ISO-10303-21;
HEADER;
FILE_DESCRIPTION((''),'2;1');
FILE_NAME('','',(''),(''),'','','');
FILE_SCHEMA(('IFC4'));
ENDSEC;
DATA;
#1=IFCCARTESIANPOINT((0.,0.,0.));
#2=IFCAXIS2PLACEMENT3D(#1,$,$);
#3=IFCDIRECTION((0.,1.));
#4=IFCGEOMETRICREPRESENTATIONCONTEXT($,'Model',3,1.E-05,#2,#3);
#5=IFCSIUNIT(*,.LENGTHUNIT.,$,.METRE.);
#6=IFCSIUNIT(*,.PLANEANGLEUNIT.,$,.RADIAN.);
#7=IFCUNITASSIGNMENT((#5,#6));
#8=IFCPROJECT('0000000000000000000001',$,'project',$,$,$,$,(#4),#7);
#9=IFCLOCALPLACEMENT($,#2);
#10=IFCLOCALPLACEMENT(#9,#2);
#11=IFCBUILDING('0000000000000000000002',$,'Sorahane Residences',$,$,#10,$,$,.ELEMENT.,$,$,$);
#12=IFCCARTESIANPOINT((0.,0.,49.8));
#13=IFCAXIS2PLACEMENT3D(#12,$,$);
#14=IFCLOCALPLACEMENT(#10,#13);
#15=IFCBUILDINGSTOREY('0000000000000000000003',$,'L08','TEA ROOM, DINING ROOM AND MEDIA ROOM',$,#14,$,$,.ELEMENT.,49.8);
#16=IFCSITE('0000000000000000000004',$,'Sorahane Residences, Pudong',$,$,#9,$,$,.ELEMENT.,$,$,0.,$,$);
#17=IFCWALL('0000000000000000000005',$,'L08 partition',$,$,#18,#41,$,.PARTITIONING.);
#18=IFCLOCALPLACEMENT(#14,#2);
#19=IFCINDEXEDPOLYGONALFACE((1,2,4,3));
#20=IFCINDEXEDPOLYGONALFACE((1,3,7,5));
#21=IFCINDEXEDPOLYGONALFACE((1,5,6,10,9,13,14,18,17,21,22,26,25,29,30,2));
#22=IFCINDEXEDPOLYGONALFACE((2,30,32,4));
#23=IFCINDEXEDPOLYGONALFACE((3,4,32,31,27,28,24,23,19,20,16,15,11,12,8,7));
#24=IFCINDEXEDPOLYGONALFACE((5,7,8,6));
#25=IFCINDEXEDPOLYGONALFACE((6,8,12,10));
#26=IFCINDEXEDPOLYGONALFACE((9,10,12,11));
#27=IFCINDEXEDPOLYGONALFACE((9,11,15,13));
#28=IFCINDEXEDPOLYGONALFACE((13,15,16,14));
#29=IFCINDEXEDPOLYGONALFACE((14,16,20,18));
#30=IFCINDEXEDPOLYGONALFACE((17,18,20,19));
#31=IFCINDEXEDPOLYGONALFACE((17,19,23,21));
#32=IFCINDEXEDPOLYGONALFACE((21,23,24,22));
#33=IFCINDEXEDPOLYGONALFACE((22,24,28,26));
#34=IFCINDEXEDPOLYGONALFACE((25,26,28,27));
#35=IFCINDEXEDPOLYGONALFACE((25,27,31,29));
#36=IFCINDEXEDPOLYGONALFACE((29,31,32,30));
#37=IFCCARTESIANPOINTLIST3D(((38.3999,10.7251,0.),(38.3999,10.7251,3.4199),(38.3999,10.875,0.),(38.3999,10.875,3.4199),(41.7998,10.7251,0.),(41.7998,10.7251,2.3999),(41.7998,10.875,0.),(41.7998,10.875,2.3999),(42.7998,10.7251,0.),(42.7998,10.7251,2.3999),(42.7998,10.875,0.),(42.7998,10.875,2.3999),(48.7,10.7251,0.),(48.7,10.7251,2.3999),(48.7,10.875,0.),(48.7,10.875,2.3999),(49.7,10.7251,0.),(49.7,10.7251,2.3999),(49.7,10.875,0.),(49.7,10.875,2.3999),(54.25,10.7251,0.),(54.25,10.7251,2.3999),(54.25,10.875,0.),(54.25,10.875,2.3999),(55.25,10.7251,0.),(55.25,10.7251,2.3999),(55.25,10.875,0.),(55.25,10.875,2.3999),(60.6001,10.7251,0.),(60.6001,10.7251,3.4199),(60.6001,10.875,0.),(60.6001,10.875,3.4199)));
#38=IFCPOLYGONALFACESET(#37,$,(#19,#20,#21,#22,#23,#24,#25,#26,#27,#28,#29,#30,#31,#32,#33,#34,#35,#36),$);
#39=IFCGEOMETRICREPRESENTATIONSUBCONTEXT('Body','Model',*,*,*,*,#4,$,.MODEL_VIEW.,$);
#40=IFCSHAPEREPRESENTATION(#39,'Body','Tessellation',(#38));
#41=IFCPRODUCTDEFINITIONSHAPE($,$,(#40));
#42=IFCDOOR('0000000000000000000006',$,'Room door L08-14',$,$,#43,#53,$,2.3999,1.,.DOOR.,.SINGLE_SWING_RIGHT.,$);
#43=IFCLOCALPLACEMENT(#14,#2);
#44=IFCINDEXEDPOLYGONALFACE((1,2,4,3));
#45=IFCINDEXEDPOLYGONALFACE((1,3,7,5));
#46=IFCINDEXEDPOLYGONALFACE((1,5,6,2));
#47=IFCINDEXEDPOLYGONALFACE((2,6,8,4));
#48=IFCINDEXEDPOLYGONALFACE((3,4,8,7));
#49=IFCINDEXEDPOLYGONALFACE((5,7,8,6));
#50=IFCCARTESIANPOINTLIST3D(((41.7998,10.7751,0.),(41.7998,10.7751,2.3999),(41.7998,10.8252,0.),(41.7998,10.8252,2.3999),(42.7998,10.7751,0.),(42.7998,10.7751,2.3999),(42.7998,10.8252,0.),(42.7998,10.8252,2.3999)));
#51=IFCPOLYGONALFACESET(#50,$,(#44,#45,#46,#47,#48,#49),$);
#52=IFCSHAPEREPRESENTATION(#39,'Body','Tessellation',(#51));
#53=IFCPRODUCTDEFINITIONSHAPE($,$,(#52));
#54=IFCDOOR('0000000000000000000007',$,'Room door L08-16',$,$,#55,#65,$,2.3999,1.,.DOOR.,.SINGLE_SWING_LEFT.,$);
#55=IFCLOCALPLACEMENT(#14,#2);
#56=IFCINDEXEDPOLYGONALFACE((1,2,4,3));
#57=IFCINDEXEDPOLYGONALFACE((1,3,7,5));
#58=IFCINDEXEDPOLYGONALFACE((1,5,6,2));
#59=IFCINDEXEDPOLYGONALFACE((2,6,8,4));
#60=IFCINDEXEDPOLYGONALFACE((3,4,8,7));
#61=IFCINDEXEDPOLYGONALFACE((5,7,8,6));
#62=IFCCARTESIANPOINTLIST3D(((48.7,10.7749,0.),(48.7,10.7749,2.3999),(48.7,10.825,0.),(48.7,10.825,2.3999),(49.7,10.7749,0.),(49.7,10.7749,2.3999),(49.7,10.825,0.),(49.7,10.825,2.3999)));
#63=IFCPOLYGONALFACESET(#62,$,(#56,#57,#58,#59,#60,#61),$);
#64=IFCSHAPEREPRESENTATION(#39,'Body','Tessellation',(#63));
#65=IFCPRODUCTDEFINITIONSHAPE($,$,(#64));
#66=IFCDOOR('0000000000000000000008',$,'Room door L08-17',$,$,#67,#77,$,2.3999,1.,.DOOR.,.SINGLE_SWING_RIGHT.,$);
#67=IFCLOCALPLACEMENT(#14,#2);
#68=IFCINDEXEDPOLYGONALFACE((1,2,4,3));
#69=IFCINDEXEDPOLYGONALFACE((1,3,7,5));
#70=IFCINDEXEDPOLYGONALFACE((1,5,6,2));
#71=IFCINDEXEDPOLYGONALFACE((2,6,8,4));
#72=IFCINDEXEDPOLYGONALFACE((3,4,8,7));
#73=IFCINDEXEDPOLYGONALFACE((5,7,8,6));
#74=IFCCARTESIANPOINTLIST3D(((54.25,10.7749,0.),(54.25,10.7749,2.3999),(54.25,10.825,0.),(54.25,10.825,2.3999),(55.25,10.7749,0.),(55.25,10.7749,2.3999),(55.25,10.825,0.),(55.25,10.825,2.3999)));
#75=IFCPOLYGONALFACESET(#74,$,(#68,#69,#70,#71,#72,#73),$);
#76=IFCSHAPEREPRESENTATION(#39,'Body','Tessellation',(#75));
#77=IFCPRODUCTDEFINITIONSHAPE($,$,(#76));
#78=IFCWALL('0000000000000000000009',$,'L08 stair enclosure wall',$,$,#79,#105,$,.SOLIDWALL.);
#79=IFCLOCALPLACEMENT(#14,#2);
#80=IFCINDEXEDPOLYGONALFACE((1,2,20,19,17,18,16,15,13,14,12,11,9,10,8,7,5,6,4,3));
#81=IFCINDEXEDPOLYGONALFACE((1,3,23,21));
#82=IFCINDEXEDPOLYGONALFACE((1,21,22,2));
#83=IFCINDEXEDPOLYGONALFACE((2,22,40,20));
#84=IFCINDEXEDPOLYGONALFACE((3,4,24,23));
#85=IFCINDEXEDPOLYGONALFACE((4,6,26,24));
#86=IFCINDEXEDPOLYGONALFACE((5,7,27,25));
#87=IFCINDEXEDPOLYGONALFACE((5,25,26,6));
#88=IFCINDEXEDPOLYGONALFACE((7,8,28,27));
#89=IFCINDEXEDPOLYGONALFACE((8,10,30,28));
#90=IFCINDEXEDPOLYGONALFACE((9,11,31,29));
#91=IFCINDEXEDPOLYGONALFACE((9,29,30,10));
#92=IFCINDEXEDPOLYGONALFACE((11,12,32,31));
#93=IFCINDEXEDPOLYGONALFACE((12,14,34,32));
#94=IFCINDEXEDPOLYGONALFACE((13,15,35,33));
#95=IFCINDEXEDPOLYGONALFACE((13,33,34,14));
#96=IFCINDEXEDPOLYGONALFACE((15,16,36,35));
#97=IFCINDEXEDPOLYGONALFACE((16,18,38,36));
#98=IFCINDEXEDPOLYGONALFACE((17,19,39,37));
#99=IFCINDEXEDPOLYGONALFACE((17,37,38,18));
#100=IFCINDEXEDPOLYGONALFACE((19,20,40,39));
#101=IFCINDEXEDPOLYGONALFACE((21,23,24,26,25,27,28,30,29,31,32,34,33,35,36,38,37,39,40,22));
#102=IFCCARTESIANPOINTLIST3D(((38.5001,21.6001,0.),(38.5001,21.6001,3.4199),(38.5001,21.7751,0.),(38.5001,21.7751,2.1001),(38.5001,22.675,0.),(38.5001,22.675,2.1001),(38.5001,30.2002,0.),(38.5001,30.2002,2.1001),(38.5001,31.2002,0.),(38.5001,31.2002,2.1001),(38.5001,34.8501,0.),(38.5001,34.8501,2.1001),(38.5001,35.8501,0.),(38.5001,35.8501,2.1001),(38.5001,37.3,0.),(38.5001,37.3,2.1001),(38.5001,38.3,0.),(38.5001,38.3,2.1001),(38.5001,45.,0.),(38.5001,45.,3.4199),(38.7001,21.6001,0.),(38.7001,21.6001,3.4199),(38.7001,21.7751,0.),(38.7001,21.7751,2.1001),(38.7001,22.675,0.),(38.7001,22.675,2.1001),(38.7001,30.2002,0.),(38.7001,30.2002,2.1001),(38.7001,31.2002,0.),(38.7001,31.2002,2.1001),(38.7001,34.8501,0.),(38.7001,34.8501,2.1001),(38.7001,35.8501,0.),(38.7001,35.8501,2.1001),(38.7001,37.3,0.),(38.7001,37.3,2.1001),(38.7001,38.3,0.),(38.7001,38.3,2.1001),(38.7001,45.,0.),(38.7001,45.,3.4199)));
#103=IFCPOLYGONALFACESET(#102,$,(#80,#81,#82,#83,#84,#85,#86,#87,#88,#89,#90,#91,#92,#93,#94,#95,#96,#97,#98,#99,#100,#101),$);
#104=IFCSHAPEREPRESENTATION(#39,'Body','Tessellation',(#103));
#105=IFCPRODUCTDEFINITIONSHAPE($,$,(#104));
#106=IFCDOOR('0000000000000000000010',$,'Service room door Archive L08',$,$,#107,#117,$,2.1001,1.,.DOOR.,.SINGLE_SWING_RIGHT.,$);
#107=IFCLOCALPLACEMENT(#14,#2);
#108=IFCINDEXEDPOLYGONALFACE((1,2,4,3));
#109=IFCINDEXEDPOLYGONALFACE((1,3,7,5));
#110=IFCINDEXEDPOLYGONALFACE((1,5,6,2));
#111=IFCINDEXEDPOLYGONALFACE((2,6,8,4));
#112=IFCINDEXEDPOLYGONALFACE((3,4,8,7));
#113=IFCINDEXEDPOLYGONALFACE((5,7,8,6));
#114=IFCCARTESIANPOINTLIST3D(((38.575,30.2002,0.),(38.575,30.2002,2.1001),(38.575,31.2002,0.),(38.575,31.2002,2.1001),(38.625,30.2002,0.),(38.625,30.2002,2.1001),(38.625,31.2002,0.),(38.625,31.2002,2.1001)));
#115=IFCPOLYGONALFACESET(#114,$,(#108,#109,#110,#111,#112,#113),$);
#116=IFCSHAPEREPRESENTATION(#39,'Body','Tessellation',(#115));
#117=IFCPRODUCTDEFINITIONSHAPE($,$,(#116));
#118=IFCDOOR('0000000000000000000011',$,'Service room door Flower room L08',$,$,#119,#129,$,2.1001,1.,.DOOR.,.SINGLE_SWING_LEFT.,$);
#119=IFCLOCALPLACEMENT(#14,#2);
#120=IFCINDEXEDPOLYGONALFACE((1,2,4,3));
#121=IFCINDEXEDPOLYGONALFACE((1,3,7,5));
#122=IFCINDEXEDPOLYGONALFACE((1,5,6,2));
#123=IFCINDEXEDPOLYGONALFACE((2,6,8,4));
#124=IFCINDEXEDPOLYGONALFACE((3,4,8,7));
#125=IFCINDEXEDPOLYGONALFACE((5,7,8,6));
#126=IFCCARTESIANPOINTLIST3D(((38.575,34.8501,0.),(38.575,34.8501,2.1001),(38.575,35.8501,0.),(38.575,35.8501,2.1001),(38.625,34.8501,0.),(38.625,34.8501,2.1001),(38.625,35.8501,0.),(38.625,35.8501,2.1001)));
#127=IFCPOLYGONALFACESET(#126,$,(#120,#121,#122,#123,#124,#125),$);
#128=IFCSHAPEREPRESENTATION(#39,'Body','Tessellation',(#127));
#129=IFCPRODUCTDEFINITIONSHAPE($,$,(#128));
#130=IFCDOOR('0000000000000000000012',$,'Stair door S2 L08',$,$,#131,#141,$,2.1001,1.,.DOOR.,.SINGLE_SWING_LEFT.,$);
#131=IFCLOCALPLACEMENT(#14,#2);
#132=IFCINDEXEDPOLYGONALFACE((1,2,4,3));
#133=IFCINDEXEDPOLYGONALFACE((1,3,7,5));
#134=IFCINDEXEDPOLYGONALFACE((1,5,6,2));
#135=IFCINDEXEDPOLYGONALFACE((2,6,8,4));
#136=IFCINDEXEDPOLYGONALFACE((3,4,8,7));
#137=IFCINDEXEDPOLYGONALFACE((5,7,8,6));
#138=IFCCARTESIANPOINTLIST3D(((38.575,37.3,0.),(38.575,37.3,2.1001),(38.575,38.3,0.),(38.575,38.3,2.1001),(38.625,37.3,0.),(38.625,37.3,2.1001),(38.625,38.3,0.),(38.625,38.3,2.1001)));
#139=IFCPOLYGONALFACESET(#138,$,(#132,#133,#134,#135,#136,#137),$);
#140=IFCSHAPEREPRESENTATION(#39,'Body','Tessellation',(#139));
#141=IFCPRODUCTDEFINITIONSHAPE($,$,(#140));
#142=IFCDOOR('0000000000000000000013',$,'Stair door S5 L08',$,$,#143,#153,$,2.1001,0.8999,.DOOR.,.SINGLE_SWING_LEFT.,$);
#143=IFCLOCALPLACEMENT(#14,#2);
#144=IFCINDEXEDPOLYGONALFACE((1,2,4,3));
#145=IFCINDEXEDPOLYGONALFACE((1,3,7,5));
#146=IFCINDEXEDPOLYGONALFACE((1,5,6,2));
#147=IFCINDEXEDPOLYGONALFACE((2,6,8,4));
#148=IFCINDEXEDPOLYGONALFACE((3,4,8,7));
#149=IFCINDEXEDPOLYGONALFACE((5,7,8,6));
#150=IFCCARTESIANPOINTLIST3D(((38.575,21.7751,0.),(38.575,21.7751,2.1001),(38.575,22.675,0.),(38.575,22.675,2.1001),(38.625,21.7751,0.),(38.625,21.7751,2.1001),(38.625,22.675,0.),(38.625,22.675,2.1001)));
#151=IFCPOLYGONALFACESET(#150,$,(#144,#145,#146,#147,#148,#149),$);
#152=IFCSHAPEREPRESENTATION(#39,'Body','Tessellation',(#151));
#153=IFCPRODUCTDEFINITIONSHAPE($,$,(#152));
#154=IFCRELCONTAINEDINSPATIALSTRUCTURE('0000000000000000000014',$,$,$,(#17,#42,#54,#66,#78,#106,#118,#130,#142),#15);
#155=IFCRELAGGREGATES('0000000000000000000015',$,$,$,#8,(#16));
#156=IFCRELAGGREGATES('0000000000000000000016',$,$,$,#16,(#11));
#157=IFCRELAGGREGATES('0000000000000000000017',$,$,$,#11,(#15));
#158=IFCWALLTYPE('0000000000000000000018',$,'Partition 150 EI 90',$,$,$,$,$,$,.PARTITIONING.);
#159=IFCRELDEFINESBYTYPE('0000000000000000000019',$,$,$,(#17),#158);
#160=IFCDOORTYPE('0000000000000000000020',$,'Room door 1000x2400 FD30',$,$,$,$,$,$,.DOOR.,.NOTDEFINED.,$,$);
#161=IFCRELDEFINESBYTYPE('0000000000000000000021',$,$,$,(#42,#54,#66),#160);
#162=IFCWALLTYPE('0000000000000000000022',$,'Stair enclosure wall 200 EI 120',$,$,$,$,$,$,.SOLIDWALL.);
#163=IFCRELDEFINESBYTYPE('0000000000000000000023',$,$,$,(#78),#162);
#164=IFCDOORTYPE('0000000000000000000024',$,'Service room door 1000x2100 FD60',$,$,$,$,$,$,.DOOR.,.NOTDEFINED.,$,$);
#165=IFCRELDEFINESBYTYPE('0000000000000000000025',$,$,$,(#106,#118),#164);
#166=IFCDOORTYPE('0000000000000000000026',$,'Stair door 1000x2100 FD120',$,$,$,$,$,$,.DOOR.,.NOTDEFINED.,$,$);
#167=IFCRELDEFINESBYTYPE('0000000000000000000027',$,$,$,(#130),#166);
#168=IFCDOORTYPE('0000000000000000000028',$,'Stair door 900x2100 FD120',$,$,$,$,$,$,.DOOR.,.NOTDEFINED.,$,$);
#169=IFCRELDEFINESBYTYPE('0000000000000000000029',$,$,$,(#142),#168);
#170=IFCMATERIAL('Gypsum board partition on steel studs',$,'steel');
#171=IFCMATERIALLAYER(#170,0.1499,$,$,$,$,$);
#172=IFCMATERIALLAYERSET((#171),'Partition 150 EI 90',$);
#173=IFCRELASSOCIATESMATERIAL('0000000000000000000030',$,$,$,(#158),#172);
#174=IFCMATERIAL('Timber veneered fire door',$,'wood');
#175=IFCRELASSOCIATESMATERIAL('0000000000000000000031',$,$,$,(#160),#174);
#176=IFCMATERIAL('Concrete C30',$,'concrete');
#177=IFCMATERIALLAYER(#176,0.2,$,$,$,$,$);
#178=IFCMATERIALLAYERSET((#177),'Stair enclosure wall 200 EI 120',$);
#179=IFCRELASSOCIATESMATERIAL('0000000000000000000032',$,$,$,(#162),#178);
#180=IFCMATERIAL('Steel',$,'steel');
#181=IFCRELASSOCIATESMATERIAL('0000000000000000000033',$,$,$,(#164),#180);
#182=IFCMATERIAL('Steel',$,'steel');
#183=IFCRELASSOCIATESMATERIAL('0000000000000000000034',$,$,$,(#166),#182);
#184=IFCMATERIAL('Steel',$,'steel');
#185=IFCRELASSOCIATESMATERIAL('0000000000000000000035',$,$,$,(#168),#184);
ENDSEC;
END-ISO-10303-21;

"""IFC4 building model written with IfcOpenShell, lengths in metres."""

from ifc_helpers import new_model, si_unit, direction, frame, frame_2d, origin, place, context, subcontext, project, spatial, rectangle, extrude, material, layer, layer_set, type_object, element, fill, save


model = new_model("IFC4")

# Units and contexts
model_context = context("Model", 3, precision=1e-05, world=origin(), true_north=direction((0.0, 1.0)))
body_context = subcontext(model_context, "Body", "Model", "MODEL_VIEW")
ifc_project = project(units=[si_unit("LENGTHUNIT", "METRE"), si_unit("PLANEANGLEUNIT", "RADIAN")], contexts=[model_context])

# Site, building, storey
site_placement = place(None, origin())
site = spatial("IfcSite", under=ifc_project, at=site_placement, Name="Sorahane Residences, Pudong", CompositionType="ELEMENT", RefElevation=0.0)
building_placement = place(site_placement, origin())
building = spatial("IfcBuilding", under=site, at=building_placement, Name="Sorahane Residences", CompositionType="ELEMENT")
storey_placement = place(building_placement, frame((0.0, 0.0, 49.8)))
storey = spatial("IfcBuildingStorey", under=building, at=storey_placement, Name="L08", Description="TEA ROOM, DINING ROOM AND MEDIA ROOM", CompositionType="ELEMENT", Elevation=49.8)

# Walls, openings, doors
ifc_material_1 = material(Name="Gypsum board partition on steel studs", Category="steel")
ifc_layer_1 = layer(ifc_material_1, 0.1499)
ifc_layer_set_1 = layer_set([ifc_layer_1], Name="Partition 150 EI 90")
wall_type_1 = type_object("IfcWallType", Name="Partition 150 EI 90", PredefinedType="PARTITIONING", material=ifc_layer_set_1)
wall_1_placement = place(storey_placement, frame((38.3999, 10.8, 0.0), z_axis=(0.0, 0.0, 1.0), x_axis=(1.0, 0.0, 0.0)))
wall_1 = element("IfcWall", 1, at=wall_1_placement, inside=storey, type_object=wall_type_1, Name="L08 partition", PredefinedType="PARTITIONING", context=body_context, shape_type="SweptSolid", body=[
    extrude(rectangle(XDim=22.2002, YDim=0.1499, at=frame_2d((11.1001, 0.0))), origin(), (0.0, 0.0, 1.0), 3.4199),
])
opening_1_placement = place(wall_1_placement, frame((3.3999, 0.0, 0.0)))
opening_1 = element("IfcOpeningElement", 2, at=opening_1_placement, cuts=wall_1, PredefinedType="OPENING", context=body_context, shape_type="SweptSolid", body=[
    extrude(rectangle(XDim=1.0, YDim=2.3999, at=frame_2d((0.5, 1.2))), frame((0.0, 0.085, 0.0), z_axis=(0.0, -1.0, 0.0), x_axis=(1.0, 0.0, 0.0)), (0.0, 0.0, 1.0), 0.1699),
])
opening_2_placement = place(wall_1_placement, frame((10.3, 0.0, 0.0)))
opening_2 = element("IfcOpeningElement", 3, at=opening_2_placement, cuts=wall_1, PredefinedType="OPENING", context=body_context, shape_type="SweptSolid", body=[
    extrude(rectangle(XDim=1.0, YDim=2.3999, at=frame_2d((0.5, 1.2))), frame((0.0, 0.085, 0.0), z_axis=(0.0, -1.0, 0.0), x_axis=(1.0, 0.0, 0.0)), (0.0, 0.0, 1.0), 0.1699),
])
opening_3_placement = place(wall_1_placement, frame((15.8501, 0.0, 0.0)))
opening_3 = element("IfcOpeningElement", 4, at=opening_3_placement, cuts=wall_1, PredefinedType="OPENING", context=body_context, shape_type="SweptSolid", body=[
    extrude(rectangle(XDim=1.0, YDim=2.3999, at=frame_2d((0.5, 1.2))), frame((0.0, 0.085, 0.0), z_axis=(0.0, -1.0, 0.0), x_axis=(1.0, 0.0, 0.0)), (0.0, 0.0, 1.0), 0.1699),
])
ifc_material_2 = material(Name="Timber veneered fire door", Category="wood")
door_type_1 = type_object("IfcDoorType", Name="Room door 1000x2400 FD30", OperationType="NOTDEFINED", PredefinedType="DOOR", material=ifc_material_2)
door_1_placement = place(opening_1_placement, frame((1.0, 0.0, 0.0), z_axis=(0.0, 0.0, 1.0), x_axis=(-1.0, 0.0, 0.0)))
door_1 = element("IfcDoor", 5, at=door_1_placement, inside=storey, type_object=door_type_1, Name="Room door L08-14", OperationType="SINGLE_SWING_RIGHT", OverallHeight=2.3999, OverallWidth=1.0, PredefinedType="DOOR", context=body_context, shape_type="SweptSolid", body=[
    extrude(rectangle(XDim=1.0, YDim=2.3999, at=frame_2d((0.5, 1.2))), frame((0.0, 0.0249, 0.0), z_axis=(0.0, -1.0, 0.0), x_axis=(1.0, 0.0, 0.0)), (0.0, 0.0, 1.0), 0.05),
])
fill(opening_1, door_1)
door_2_placement = place(opening_2_placement, origin())
door_2 = element("IfcDoor", 6, at=door_2_placement, inside=storey, type_object=door_type_1, Name="Room door L08-16", OperationType="SINGLE_SWING_LEFT", OverallHeight=2.3999, OverallWidth=1.0, PredefinedType="DOOR", context=body_context, shape_type="SweptSolid", body=[
    extrude(rectangle(XDim=1.0, YDim=2.3999, at=frame_2d((0.5, 1.2))), frame((0.0, 0.0249, 0.0), z_axis=(0.0, -1.0, 0.0), x_axis=(1.0, 0.0, 0.0)), (0.0, 0.0, 1.0), 0.05),
])
fill(opening_2, door_2)
door_3_placement = place(opening_3_placement, origin())
door_3 = element("IfcDoor", 7, at=door_3_placement, inside=storey, type_object=door_type_1, Name="Room door L08-17", OperationType="SINGLE_SWING_RIGHT", OverallHeight=2.3999, OverallWidth=1.0, PredefinedType="DOOR", context=body_context, shape_type="SweptSolid", body=[
    extrude(rectangle(XDim=1.0, YDim=2.3999, at=frame_2d((0.5, 1.2))), frame((0.0, 0.0249, 0.0), z_axis=(0.0, -1.0, 0.0), x_axis=(1.0, 0.0, 0.0)), (0.0, 0.0, 1.0), 0.05),
])
fill(opening_3, door_3)
ifc_material_3 = material(Name="Concrete C30", Category="concrete")
ifc_layer_2 = layer(ifc_material_3, 0.2)
ifc_layer_set_2 = layer_set([ifc_layer_2], Name="Stair enclosure wall 200 EI 120")
wall_type_2 = type_object("IfcWallType", Name="Stair enclosure wall 200 EI 120", PredefinedType="SOLIDWALL", material=ifc_layer_set_2)
wall_2_placement = place(storey_placement, frame((38.6001, 21.6001, 0.0), z_axis=(0.0, 0.0, 1.0), x_axis=(0.0, 1.0, 0.0)))
wall_2 = element("IfcWall", 8, at=wall_2_placement, inside=storey, type_object=wall_type_2, Name="L08 stair enclosure wall", PredefinedType="SOLIDWALL", context=body_context, shape_type="SweptSolid", body=[
    extrude(rectangle(XDim=23.3999, YDim=0.2, at=frame_2d((11.7, 0.0))), origin(), (0.0, 0.0, 1.0), 3.4199),
])
opening_4_placement = place(wall_2_placement, frame((8.6001, 0.0, 0.0)))
opening_4 = element("IfcOpeningElement", 9, at=opening_4_placement, cuts=wall_2, PredefinedType="OPENING", context=body_context, shape_type="SweptSolid", body=[
    extrude(rectangle(XDim=1.0, YDim=2.1001, at=frame_2d((0.5, 1.05))), frame((0.0, 0.1099, 0.0), z_axis=(0.0, -1.0, 0.0), x_axis=(1.0, 0.0, 0.0)), (0.0, 0.0, 1.0), 0.22),
])
opening_5_placement = place(wall_2_placement, frame((13.25, 0.0, 0.0)))
opening_5 = element("IfcOpeningElement", 10, at=opening_5_placement, cuts=wall_2, PredefinedType="OPENING", context=body_context, shape_type="SweptSolid", body=[
    extrude(rectangle(XDim=1.0, YDim=2.1001, at=frame_2d((0.5, 1.05))), frame((0.0, 0.1099, 0.0), z_axis=(0.0, -1.0, 0.0), x_axis=(1.0, 0.0, 0.0)), (0.0, 0.0, 1.0), 0.22),
])
opening_6_placement = place(wall_2_placement, frame((15.7, 0.0, 0.0)))
opening_6 = element("IfcOpeningElement", 11, at=opening_6_placement, cuts=wall_2, PredefinedType="OPENING", context=body_context, shape_type="SweptSolid", body=[
    extrude(rectangle(XDim=1.0, YDim=2.1001, at=frame_2d((0.5, 1.05))), frame((0.0, 0.1099, 0.0), z_axis=(0.0, -1.0, 0.0), x_axis=(1.0, 0.0, 0.0)), (0.0, 0.0, 1.0), 0.22),
])
opening_7_placement = place(wall_2_placement, frame((0.175, 0.0, 0.0)))
opening_7 = element("IfcOpeningElement", 12, at=opening_7_placement, cuts=wall_2, PredefinedType="OPENING", context=body_context, shape_type="SweptSolid", body=[
    extrude(rectangle(XDim=0.8999, YDim=2.1001, at=frame_2d((0.45, 1.05))), frame((0.0, 0.1099, 0.0), z_axis=(0.0, -1.0, 0.0), x_axis=(1.0, 0.0, 0.0)), (0.0, 0.0, 1.0), 0.22),
])
ifc_material_4 = material(Name="Steel", Category="steel")
door_type_2 = type_object("IfcDoorType", Name="Service room door 1000x2100 FD60", OperationType="NOTDEFINED", PredefinedType="DOOR", material=ifc_material_4)
door_4_placement = place(opening_4_placement, frame((1.0, 0.0, 0.0), z_axis=(0.0, 0.0, 1.0), x_axis=(-1.0, 0.0, 0.0)))
door_4 = element("IfcDoor", 13, at=door_4_placement, inside=storey, type_object=door_type_2, Name="Service room door Archive L08", OperationType="SINGLE_SWING_RIGHT", OverallHeight=2.1001, OverallWidth=1.0, PredefinedType="DOOR", context=body_context, shape_type="SweptSolid", body=[
    extrude(rectangle(XDim=1.0, YDim=2.1001, at=frame_2d((0.5, 1.05))), frame((0.0, 0.0249, 0.0), z_axis=(0.0, -1.0, 0.0), x_axis=(1.0, 0.0, 0.0)), (0.0, 0.0, 1.0), 0.05),
])
fill(opening_4, door_4)
door_5_placement = place(opening_5_placement, frame((1.0, 0.0, 0.0), z_axis=(0.0, 0.0, 1.0), x_axis=(-1.0, 0.0, 0.0)))
door_5 = element("IfcDoor", 14, at=door_5_placement, inside=storey, type_object=door_type_2, Name="Service room door Flower room L08", OperationType="SINGLE_SWING_LEFT", OverallHeight=2.1001, OverallWidth=1.0, PredefinedType="DOOR", context=body_context, shape_type="SweptSolid", body=[
    extrude(rectangle(XDim=1.0, YDim=2.1001, at=frame_2d((0.5, 1.05))), frame((0.0, 0.0249, 0.0), z_axis=(0.0, -1.0, 0.0), x_axis=(1.0, 0.0, 0.0)), (0.0, 0.0, 1.0), 0.05),
])
fill(opening_5, door_5)
ifc_material_5 = material(Name="Steel", Category="steel")
door_type_3 = type_object("IfcDoorType", Name="Stair door 1000x2100 FD120", OperationType="NOTDEFINED", PredefinedType="DOOR", material=ifc_material_5)
door_6_placement = place(opening_6_placement, frame((1.0, 0.0, 0.0), z_axis=(0.0, 0.0, 1.0), x_axis=(-1.0, 0.0, 0.0)))
door_6 = element("IfcDoor", 15, at=door_6_placement, inside=storey, type_object=door_type_3, Name="Stair door S2 L08", OperationType="SINGLE_SWING_LEFT", OverallHeight=2.1001, OverallWidth=1.0, PredefinedType="DOOR", context=body_context, shape_type="SweptSolid", body=[
    extrude(rectangle(XDim=1.0, YDim=2.1001, at=frame_2d((0.5, 1.05))), frame((0.0, 0.0249, 0.0), z_axis=(0.0, -1.0, 0.0), x_axis=(1.0, 0.0, 0.0)), (0.0, 0.0, 1.0), 0.05),
])
fill(opening_6, door_6)
ifc_material_6 = material(Name="Steel", Category="steel")
door_type_4 = type_object("IfcDoorType", Name="Stair door 900x2100 FD120", OperationType="NOTDEFINED", PredefinedType="DOOR", material=ifc_material_6)
door_7_placement = place(opening_7_placement, frame((0.8999, 0.0, 0.0), z_axis=(0.0, 0.0, 1.0), x_axis=(-1.0, 0.0, 0.0)))
door_7 = element("IfcDoor", 16, at=door_7_placement, inside=storey, type_object=door_type_4, Name="Stair door S5 L08", OperationType="SINGLE_SWING_LEFT", OverallHeight=2.1001, OverallWidth=0.8999, PredefinedType="DOOR", context=body_context, shape_type="SweptSolid", body=[
    extrude(rectangle(XDim=0.8999, YDim=2.1001, at=frame_2d((0.45, 1.05))), frame((0.0, 0.0249, 0.0), z_axis=(0.0, -1.0, 0.0), x_axis=(1.0, 0.0, 0.0)), (0.0, 0.0, 1.0), 0.05),
])
fill(opening_7, door_7)

save(model, "model.ifc")
